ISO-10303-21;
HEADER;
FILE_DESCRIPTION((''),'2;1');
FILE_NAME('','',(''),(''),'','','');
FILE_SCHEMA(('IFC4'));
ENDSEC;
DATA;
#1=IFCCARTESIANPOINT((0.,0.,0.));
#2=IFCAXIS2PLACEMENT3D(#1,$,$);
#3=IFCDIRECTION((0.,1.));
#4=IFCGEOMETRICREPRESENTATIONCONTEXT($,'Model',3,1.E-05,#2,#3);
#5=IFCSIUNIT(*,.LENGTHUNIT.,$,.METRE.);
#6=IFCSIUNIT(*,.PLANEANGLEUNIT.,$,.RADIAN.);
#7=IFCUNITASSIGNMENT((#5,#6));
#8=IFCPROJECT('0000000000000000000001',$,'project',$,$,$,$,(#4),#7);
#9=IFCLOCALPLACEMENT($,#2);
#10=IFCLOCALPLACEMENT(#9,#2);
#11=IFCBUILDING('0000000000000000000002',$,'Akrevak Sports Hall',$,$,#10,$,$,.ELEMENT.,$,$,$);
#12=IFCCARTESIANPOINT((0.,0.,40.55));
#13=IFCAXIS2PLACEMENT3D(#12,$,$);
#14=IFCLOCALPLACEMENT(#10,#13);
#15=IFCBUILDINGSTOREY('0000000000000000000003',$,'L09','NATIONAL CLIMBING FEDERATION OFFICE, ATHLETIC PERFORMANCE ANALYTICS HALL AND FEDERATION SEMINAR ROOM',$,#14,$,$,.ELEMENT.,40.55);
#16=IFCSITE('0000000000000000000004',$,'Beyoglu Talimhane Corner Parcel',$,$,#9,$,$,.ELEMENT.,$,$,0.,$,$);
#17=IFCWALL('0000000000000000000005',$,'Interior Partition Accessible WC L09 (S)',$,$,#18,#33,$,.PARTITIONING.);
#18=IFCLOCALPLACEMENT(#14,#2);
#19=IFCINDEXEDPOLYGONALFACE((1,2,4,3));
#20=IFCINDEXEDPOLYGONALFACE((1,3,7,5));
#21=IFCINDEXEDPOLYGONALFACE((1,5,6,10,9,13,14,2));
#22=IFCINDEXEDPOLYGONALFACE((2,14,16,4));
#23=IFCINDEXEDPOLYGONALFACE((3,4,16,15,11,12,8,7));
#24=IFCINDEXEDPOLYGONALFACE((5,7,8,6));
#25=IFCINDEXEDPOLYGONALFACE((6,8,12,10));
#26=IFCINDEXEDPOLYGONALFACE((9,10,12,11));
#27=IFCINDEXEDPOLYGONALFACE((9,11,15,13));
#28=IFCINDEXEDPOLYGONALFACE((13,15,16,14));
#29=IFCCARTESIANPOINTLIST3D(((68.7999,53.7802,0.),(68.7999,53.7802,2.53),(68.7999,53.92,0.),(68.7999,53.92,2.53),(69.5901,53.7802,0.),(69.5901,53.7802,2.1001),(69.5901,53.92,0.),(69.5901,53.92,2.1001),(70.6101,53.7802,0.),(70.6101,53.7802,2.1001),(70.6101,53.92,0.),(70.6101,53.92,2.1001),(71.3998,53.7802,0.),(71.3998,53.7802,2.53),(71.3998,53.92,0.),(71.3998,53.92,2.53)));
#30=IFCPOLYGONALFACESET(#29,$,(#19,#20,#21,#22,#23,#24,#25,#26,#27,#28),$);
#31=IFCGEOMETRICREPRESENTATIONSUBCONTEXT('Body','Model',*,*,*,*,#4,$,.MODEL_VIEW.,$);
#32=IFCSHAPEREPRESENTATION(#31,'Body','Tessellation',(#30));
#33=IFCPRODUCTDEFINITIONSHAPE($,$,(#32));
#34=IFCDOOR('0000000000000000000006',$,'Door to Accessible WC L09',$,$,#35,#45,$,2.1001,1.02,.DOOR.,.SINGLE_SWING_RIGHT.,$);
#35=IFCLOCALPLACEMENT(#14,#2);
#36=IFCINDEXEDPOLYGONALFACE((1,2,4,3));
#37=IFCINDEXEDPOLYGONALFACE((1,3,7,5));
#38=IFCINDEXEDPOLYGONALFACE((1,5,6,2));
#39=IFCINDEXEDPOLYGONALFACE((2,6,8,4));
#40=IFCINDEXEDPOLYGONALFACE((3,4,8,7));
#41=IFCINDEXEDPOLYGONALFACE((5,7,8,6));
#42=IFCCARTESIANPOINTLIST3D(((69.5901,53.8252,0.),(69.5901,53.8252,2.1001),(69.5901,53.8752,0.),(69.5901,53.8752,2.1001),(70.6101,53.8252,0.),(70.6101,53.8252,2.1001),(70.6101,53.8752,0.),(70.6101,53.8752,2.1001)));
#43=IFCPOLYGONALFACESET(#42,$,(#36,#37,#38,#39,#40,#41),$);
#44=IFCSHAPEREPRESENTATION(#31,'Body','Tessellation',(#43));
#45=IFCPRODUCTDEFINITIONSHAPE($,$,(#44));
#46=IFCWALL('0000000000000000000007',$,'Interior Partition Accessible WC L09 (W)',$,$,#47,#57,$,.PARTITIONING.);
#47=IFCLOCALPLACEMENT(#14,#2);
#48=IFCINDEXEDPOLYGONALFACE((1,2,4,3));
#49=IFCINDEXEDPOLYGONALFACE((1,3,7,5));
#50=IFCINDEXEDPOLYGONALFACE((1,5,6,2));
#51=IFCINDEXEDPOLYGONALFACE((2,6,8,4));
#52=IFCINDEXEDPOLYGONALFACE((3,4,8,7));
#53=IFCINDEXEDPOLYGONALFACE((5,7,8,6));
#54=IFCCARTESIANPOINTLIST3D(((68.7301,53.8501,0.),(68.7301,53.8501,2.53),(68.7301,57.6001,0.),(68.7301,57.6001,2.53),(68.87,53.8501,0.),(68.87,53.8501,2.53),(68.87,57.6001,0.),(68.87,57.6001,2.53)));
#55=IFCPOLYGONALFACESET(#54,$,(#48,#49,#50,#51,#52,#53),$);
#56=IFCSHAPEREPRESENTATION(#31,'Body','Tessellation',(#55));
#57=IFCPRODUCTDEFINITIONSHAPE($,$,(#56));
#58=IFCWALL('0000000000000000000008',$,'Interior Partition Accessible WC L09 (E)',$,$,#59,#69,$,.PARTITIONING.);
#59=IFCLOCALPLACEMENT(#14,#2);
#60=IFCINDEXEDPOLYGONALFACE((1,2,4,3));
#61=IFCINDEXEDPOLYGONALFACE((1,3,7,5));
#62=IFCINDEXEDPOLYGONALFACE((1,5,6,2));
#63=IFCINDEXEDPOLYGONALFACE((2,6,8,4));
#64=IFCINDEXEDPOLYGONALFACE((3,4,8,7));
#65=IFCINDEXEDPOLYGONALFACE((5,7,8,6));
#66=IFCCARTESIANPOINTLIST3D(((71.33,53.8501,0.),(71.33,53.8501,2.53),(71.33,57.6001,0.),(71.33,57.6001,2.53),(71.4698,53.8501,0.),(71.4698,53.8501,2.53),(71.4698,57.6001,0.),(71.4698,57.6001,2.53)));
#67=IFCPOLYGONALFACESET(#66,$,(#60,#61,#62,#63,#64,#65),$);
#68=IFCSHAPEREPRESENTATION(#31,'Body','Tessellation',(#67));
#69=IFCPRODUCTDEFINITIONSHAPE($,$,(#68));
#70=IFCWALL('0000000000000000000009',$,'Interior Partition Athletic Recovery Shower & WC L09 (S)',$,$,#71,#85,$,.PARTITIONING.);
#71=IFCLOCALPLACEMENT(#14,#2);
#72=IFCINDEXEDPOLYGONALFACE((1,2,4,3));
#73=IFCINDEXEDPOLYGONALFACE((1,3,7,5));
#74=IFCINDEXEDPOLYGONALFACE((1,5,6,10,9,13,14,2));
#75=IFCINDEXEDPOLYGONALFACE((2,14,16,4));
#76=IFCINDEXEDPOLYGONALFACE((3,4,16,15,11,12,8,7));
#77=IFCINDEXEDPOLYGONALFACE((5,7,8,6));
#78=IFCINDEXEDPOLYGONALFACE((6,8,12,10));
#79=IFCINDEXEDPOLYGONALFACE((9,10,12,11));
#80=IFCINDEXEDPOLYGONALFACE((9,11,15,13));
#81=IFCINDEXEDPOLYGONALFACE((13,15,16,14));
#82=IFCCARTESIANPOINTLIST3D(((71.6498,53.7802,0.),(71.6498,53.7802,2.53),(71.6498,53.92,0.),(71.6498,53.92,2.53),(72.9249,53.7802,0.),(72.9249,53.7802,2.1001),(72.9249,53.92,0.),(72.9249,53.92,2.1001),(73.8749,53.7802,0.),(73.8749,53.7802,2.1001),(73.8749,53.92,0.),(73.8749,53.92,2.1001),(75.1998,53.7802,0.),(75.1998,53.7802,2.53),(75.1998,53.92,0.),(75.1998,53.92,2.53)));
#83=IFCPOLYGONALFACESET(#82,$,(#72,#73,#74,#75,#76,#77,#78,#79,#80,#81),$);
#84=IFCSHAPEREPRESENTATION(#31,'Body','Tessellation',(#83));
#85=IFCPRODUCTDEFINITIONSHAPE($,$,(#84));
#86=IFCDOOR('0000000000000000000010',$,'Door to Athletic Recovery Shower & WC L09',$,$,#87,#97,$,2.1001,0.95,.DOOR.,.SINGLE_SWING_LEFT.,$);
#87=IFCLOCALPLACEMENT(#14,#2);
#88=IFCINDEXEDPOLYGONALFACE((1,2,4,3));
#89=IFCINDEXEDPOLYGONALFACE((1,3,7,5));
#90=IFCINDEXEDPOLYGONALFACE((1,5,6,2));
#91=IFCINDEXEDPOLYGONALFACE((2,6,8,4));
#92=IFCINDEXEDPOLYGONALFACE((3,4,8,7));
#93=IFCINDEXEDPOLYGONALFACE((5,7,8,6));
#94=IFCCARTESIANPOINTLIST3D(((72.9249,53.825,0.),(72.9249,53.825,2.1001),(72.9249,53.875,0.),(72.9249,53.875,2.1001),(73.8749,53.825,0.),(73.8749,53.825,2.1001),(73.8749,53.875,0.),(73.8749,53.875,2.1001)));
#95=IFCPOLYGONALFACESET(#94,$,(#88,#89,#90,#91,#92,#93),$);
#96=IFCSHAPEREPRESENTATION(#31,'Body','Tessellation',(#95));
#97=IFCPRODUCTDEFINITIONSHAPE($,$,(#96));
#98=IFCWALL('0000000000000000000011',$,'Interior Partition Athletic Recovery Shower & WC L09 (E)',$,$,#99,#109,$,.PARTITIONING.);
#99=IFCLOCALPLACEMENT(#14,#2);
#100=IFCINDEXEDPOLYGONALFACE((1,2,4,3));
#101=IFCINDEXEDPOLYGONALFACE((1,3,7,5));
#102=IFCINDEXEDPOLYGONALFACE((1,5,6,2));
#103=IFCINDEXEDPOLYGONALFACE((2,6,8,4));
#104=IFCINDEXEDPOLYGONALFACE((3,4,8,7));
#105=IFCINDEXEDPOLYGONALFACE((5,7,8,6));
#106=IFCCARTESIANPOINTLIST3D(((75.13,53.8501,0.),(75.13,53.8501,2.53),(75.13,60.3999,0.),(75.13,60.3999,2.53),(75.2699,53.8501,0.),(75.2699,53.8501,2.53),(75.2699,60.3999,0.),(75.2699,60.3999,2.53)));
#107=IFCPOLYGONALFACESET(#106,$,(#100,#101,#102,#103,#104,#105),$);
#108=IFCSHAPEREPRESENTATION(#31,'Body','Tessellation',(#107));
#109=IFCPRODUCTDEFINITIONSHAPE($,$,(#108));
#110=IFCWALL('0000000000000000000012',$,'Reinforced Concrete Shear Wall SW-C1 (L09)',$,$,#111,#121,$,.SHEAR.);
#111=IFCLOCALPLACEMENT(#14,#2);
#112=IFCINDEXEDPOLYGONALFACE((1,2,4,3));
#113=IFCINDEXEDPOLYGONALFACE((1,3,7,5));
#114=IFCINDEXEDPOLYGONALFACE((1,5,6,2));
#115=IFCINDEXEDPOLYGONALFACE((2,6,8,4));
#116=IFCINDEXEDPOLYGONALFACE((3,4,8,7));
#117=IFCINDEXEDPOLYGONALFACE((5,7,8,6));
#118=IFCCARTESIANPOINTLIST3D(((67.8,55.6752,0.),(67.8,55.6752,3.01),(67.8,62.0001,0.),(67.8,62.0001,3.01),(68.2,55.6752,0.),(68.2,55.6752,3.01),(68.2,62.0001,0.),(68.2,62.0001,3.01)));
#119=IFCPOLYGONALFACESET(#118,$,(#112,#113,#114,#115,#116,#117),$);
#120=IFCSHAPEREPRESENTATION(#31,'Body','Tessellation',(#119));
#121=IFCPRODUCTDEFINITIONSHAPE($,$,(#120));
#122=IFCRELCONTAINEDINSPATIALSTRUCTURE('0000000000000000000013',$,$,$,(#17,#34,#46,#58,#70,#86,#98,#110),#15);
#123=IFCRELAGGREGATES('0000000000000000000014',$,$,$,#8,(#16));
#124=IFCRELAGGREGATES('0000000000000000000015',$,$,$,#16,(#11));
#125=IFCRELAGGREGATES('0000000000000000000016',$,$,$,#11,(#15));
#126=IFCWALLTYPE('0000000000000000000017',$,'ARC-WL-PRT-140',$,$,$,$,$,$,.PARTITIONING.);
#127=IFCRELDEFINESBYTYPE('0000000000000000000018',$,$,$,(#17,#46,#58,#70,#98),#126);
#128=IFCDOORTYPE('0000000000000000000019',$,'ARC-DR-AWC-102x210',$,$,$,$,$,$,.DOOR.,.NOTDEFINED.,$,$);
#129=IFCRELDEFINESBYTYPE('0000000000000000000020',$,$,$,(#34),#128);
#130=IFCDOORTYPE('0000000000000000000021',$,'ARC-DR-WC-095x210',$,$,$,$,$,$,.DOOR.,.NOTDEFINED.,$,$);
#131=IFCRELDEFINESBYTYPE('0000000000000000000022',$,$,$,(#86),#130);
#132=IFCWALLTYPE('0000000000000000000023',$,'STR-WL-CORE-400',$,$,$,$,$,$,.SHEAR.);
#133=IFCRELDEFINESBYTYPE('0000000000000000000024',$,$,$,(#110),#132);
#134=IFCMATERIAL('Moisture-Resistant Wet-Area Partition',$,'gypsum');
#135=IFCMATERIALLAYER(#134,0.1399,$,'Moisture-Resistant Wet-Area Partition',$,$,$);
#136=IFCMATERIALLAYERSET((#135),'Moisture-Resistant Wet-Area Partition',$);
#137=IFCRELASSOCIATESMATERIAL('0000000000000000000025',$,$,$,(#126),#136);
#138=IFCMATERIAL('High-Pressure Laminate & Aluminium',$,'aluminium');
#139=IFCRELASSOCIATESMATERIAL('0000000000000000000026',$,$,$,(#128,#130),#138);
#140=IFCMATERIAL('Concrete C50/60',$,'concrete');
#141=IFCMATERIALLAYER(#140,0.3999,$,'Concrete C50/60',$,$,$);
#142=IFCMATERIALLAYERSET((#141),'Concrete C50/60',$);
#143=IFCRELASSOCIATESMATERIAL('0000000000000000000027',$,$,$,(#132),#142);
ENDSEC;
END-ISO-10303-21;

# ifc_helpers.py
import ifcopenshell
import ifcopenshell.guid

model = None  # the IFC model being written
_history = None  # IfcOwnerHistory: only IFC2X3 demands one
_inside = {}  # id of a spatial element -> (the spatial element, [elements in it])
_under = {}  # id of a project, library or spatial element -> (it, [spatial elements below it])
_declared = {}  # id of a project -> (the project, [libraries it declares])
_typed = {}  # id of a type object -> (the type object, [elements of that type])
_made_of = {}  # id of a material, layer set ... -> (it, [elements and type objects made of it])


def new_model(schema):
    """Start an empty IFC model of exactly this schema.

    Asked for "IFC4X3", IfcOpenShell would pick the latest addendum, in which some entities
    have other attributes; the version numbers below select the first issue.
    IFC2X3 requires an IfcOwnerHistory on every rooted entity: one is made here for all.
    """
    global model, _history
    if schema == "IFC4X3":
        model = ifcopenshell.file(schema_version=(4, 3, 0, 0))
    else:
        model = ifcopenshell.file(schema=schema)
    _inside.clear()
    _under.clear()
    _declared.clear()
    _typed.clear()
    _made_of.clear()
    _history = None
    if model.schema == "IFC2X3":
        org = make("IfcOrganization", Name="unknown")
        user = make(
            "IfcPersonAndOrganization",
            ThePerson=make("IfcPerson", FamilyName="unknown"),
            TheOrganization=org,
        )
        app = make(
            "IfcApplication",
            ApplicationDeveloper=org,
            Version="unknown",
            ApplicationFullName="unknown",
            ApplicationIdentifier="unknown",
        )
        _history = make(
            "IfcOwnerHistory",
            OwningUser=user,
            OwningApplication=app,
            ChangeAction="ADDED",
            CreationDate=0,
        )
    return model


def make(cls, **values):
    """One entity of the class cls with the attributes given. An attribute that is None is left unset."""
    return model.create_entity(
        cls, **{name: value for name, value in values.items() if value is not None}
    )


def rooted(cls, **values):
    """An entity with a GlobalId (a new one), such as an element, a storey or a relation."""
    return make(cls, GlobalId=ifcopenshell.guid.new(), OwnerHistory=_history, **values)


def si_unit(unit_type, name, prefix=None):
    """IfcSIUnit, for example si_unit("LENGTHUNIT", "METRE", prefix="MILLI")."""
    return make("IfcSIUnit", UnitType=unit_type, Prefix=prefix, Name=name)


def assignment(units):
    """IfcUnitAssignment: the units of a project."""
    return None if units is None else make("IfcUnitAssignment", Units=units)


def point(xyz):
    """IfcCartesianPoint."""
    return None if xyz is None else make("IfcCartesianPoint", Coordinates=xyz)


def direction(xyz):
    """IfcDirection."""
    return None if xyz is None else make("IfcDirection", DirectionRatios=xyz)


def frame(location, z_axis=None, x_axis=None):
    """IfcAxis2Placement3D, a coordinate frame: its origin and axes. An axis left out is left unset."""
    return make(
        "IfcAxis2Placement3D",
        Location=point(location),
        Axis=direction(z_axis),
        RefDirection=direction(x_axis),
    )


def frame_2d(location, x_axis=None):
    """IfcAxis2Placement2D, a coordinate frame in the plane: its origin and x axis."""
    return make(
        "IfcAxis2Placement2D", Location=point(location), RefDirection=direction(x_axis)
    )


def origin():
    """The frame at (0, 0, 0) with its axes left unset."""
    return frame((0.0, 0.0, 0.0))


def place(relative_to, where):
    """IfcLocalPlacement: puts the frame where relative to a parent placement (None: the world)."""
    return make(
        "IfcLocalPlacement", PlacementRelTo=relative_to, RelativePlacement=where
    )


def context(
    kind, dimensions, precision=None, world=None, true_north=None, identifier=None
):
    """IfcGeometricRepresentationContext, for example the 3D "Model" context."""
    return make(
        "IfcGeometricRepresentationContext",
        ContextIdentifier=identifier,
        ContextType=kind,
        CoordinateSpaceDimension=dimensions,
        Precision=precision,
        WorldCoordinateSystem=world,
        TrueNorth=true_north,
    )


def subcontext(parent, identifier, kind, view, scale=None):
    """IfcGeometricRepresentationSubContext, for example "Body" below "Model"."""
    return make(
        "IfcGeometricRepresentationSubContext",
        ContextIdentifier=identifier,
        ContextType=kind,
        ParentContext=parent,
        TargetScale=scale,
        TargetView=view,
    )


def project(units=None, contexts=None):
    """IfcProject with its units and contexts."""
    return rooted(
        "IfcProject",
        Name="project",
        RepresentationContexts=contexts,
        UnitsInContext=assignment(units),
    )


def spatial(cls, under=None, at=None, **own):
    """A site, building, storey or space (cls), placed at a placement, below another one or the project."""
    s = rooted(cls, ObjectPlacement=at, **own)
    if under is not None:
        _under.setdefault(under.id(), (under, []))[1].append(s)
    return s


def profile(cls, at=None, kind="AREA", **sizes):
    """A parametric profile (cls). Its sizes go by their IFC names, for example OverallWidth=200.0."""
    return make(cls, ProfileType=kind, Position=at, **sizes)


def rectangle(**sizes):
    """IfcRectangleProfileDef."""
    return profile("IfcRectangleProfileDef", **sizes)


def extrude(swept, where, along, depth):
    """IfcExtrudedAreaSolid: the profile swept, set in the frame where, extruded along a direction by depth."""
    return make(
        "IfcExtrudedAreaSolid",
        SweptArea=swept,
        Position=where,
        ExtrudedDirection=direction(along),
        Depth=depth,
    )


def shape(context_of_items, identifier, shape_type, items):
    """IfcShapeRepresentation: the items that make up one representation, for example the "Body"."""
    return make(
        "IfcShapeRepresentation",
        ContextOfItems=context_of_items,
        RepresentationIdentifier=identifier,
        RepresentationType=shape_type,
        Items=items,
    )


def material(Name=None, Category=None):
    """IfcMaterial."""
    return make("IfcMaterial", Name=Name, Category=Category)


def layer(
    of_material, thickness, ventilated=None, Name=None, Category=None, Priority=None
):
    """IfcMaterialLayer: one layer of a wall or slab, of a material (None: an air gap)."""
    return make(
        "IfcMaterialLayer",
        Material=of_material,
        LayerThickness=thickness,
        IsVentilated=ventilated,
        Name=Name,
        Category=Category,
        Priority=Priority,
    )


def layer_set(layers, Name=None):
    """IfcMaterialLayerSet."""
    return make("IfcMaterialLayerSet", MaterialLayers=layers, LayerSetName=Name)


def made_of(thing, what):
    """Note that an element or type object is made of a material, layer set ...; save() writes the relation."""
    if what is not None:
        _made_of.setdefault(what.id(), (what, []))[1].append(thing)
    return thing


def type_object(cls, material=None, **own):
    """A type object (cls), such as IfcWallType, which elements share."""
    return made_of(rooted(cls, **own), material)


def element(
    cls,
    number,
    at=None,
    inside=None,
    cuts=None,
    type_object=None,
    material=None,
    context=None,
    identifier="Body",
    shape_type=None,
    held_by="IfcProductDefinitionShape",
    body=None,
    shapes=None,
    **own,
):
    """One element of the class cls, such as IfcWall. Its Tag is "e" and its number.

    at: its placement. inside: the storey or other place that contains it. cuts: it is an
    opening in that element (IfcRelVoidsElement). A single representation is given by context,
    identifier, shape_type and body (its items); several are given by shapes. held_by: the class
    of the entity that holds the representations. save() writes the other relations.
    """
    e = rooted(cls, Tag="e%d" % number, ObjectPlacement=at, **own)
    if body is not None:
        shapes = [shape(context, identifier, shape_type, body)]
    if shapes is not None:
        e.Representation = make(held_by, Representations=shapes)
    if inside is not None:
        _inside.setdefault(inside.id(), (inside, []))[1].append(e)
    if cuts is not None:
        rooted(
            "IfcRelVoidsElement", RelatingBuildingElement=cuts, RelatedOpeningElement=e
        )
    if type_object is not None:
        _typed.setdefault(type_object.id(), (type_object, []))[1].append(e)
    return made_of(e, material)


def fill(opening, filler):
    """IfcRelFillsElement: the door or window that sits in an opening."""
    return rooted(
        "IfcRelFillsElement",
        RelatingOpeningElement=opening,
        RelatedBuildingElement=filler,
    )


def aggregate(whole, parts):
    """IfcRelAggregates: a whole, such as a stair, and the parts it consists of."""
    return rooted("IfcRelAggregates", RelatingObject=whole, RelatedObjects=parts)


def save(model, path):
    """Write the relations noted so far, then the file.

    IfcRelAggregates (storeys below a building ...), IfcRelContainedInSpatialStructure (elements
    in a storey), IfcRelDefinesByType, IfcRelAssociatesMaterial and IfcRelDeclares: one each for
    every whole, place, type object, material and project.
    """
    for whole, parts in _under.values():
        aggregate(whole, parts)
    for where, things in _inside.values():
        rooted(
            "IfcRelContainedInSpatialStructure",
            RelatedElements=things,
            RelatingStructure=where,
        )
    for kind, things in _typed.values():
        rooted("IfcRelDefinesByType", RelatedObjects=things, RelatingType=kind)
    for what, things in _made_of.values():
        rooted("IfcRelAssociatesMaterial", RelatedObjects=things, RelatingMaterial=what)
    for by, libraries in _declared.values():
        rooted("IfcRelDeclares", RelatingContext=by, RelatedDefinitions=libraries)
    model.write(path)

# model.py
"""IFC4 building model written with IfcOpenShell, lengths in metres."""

from ifc_helpers import new_model, si_unit, direction, frame, frame_2d, origin, place, context, subcontext, project, spatial, rectangle, extrude, material, layer, layer_set, type_object, element, fill, save


model = new_model("IFC4")

# Units and contexts
model_context = context("Model", 3, precision=1e-05, world=origin(), true_north=direction((0.0, 1.0)))
body_context = subcontext(model_context, "Body", "Model", "MODEL_VIEW")
ifc_project = project(units=[si_unit("LENGTHUNIT", "METRE"), si_unit("PLANEANGLEUNIT", "RADIAN")], contexts=[model_context])

# Site, building, storey
site_placement = place(None, origin())
site = spatial("IfcSite", under=ifc_project, at=site_placement, Name="Beyoglu Talimhane Corner Parcel", CompositionType="ELEMENT", RefElevation=0.0)
building_placement = place(site_placement, origin())
building = spatial("IfcBuilding", under=site, at=building_placement, Name="Akrevak Sports Hall", CompositionType="ELEMENT")
storey_placement = place(building_placement, frame((0.0, 0.0, 40.55)))
storey = spatial("IfcBuildingStorey", under=building, at=storey_placement, Name="L09", Description="NATIONAL CLIMBING FEDERATION OFFICE, ATHLETIC PERFORMANCE ANALYTICS HALL AND FEDERATION SEMINAR ROOM", CompositionType="ELEMENT", Elevation=40.55)

# Shared definitions
ifc_material_1 = material(Name="Concrete C50/60", Category="concrete")

# Wall, opening, door
ifc_material_2 = material(Name="Moisture-Resistant Wet-Area Partition", Category="gypsum")
ifc_layer_1 = layer(ifc_material_2, 0.1399, Name="Moisture-Resistant Wet-Area Partition")
ifc_layer_set_1 = layer_set([ifc_layer_1], Name="Moisture-Resistant Wet-Area Partition")
wall_type_1 = type_object("IfcWallType", Name="ARC-WL-PRT-140", PredefinedType="PARTITIONING", material=ifc_layer_set_1)
wall_1_placement = place(storey_placement, frame((68.8, 53.8501, 0.0), z_axis=(0.0, 0.0, 1.0), x_axis=(1.0, 0.0, 0.0)))
wall_1 = element("IfcWall", 1, at=wall_1_placement, inside=storey, type_object=wall_type_1, Name="Interior Partition Accessible WC L09 (S)", PredefinedType="PARTITIONING", context=body_context, shape_type="SweptSolid", body=[
    extrude(rectangle(XDim=2.5999, YDim=0.1399, at=frame_2d((1.2998, 0.0))), origin(), (0.0, 0.0, 1.0), 2.53),
])
opening_1_placement = place(wall_1_placement, frame((0.79, 0.0, 0.0)))
opening_1 = element("IfcOpeningElement", 2, at=opening_1_placement, cuts=wall_1, PredefinedType="OPENING", context=body_context, shape_type="SweptSolid", body=[
    extrude(rectangle(XDim=1.02, YDim=2.1001, at=frame_2d((0.51, 1.05))), frame((0.0, 0.082, 0.0), z_axis=(0.0, -1.0, 0.0), x_axis=(1.0, 0.0, 0.0)), (0.0, 0.0, 1.0), 0.1638),
])
ifc_material_3 = material(Name="High-Pressure Laminate & Aluminium", Category="aluminium")
door_type_1 = type_object("IfcDoorType", Name="ARC-DR-AWC-102x210", OperationType="NOTDEFINED", PredefinedType="DOOR", material=ifc_material_3)
door_1_placement = place(opening_1_placement, frame((1.02, 0.0, 0.0), z_axis=(0.0, 0.0, 1.0), x_axis=(-1.0, 0.0, 0.0)))
door_1 = element("IfcDoor", 3, at=door_1_placement, inside=storey, type_object=door_type_1, Name="Door to Accessible WC L09", OperationType="SINGLE_SWING_RIGHT", OverallHeight=2.1001, OverallWidth=1.02, PredefinedType="DOOR", context=body_context, shape_type="SweptSolid", body=[
    extrude(rectangle(XDim=1.02, YDim=2.1001, at=frame_2d((0.51, 1.05))), frame((0.0, 0.0249, 0.0), z_axis=(0.0, -1.0, 0.0), x_axis=(1.0, 0.0, 0.0)), (0.0, 0.0, 1.0), 0.05),
])
fill(opening_1, door_1)

# Walls
for number, where, z_axis, x_axis, name in (
    (4, (68.8, 53.8501, 0.0), (0.0, 0.0, 1.0), (0.0, 1.0, 0.0), "Interior Partition Accessible WC L09 (W)"),
    (5, (71.3999, 53.8501, 0.0), (0.0, 0.0, 1.0), (0.0, 1.0, 0.0), "Interior Partition Accessible WC L09 (E)"),
):
    element("IfcWall", number, at=place(storey_placement, frame(where, z_axis=z_axis, x_axis=x_axis)), inside=storey, type_object=wall_type_1, Name=name, PredefinedType="PARTITIONING", context=body_context, shape_type="SweptSolid", body=[
        extrude(rectangle(XDim=3.75, YDim=0.1399, at=frame_2d((1.875, 0.0))), origin(), (0.0, 0.0, 1.0), 2.53),
    ])

# Wall, opening, door
wall_2_placement = place(storey_placement, frame((71.6499, 53.8501, 0.0), z_axis=(0.0, 0.0, 1.0), x_axis=(1.0, 0.0, 0.0)))
wall_2 = element("IfcWall", 6, at=wall_2_placement, inside=storey, type_object=wall_type_1, Name="Interior Partition Athletic Recovery Shower & WC L09 (S)", PredefinedType="PARTITIONING", context=body_context, shape_type="SweptSolid", body=[
    extrude(rectangle(XDim=3.55, YDim=0.1399, at=frame_2d((1.7749, 0.0))), origin(), (0.0, 0.0, 1.0), 2.53),
])
opening_2_placement = place(wall_2_placement, frame((1.2749, 0.0, 0.0)))
opening_2 = element("IfcOpeningElement", 7, at=opening_2_placement, cuts=wall_2, PredefinedType="OPENING", context=body_context, shape_type="SweptSolid", body=[
    extrude(rectangle(XDim=0.95, YDim=2.1001, at=frame_2d((0.4751, 1.05))), frame((0.0, 0.082, 0.0), z_axis=(0.0, -1.0, 0.0), x_axis=(1.0, 0.0, 0.0)), (0.0, 0.0, 1.0), 0.1638),
])
door_type_2 = type_object("IfcDoorType", Name="ARC-DR-WC-095x210", OperationType="NOTDEFINED", PredefinedType="DOOR", material=ifc_material_3)
door_2_placement = place(opening_2_placement, origin())
door_2 = element("IfcDoor", 8, at=door_2_placement, inside=storey, type_object=door_type_2, Name="Door to Athletic Recovery Shower & WC L09", OperationType="SINGLE_SWING_LEFT", OverallHeight=2.1001, OverallWidth=0.95, PredefinedType="DOOR", context=body_context, shape_type="SweptSolid", body=[
    extrude(rectangle(XDim=0.95, YDim=2.1001, at=frame_2d((0.4751, 1.05))), frame((0.0, 0.0249, 0.0), z_axis=(0.0, -1.0, 0.0), x_axis=(1.0, 0.0, 0.0)), (0.0, 0.0, 1.0), 0.05),
])
fill(opening_2, door_2)

# Walls
wall_3_placement = place(storey_placement, frame((75.2, 53.8501, 0.0), z_axis=(0.0, 0.0, 1.0), x_axis=(0.0, 1.0, 0.0)))
element("IfcWall", 9, at=wall_3_placement, inside=storey, type_object=wall_type_1, Name="Interior Partition Athletic Recovery Shower & WC L09 (E)", PredefinedType="PARTITIONING", context=body_context, shape_type="SweptSolid", body=[
    extrude(rectangle(XDim=6.5498, YDim=0.1399, at=frame_2d((3.2749, 0.0))), origin(), (0.0, 0.0, 1.0), 2.53),
])
ifc_layer_2 = layer(ifc_material_1, 0.3999, Name="Concrete C50/60")
ifc_layer_set_2 = layer_set([ifc_layer_2], Name="Concrete C50/60")
wall_type_2 = type_object("IfcWallType", Name="STR-WL-CORE-400", PredefinedType="SHEAR", material=ifc_layer_set_2)
wall_4_placement = place(storey_placement, frame((68.0, 55.675, 0.0), z_axis=(0.0, 0.0, 1.0), x_axis=(0.0, 1.0, 0.0)))
element("IfcWall", 10, at=wall_4_placement, inside=storey, type_object=wall_type_2, Name="Reinforced Concrete Shear Wall SW-C1 (L09)", PredefinedType="SHEAR", context=body_context, shape_type="SweptSolid", body=[
    extrude(rectangle(XDim=6.325, YDim=0.3999, at=frame_2d((3.1626, 0.0))), origin(), (0.0, 0.0, 1.0), 3.01),
])

save(model, "model.ifc")
